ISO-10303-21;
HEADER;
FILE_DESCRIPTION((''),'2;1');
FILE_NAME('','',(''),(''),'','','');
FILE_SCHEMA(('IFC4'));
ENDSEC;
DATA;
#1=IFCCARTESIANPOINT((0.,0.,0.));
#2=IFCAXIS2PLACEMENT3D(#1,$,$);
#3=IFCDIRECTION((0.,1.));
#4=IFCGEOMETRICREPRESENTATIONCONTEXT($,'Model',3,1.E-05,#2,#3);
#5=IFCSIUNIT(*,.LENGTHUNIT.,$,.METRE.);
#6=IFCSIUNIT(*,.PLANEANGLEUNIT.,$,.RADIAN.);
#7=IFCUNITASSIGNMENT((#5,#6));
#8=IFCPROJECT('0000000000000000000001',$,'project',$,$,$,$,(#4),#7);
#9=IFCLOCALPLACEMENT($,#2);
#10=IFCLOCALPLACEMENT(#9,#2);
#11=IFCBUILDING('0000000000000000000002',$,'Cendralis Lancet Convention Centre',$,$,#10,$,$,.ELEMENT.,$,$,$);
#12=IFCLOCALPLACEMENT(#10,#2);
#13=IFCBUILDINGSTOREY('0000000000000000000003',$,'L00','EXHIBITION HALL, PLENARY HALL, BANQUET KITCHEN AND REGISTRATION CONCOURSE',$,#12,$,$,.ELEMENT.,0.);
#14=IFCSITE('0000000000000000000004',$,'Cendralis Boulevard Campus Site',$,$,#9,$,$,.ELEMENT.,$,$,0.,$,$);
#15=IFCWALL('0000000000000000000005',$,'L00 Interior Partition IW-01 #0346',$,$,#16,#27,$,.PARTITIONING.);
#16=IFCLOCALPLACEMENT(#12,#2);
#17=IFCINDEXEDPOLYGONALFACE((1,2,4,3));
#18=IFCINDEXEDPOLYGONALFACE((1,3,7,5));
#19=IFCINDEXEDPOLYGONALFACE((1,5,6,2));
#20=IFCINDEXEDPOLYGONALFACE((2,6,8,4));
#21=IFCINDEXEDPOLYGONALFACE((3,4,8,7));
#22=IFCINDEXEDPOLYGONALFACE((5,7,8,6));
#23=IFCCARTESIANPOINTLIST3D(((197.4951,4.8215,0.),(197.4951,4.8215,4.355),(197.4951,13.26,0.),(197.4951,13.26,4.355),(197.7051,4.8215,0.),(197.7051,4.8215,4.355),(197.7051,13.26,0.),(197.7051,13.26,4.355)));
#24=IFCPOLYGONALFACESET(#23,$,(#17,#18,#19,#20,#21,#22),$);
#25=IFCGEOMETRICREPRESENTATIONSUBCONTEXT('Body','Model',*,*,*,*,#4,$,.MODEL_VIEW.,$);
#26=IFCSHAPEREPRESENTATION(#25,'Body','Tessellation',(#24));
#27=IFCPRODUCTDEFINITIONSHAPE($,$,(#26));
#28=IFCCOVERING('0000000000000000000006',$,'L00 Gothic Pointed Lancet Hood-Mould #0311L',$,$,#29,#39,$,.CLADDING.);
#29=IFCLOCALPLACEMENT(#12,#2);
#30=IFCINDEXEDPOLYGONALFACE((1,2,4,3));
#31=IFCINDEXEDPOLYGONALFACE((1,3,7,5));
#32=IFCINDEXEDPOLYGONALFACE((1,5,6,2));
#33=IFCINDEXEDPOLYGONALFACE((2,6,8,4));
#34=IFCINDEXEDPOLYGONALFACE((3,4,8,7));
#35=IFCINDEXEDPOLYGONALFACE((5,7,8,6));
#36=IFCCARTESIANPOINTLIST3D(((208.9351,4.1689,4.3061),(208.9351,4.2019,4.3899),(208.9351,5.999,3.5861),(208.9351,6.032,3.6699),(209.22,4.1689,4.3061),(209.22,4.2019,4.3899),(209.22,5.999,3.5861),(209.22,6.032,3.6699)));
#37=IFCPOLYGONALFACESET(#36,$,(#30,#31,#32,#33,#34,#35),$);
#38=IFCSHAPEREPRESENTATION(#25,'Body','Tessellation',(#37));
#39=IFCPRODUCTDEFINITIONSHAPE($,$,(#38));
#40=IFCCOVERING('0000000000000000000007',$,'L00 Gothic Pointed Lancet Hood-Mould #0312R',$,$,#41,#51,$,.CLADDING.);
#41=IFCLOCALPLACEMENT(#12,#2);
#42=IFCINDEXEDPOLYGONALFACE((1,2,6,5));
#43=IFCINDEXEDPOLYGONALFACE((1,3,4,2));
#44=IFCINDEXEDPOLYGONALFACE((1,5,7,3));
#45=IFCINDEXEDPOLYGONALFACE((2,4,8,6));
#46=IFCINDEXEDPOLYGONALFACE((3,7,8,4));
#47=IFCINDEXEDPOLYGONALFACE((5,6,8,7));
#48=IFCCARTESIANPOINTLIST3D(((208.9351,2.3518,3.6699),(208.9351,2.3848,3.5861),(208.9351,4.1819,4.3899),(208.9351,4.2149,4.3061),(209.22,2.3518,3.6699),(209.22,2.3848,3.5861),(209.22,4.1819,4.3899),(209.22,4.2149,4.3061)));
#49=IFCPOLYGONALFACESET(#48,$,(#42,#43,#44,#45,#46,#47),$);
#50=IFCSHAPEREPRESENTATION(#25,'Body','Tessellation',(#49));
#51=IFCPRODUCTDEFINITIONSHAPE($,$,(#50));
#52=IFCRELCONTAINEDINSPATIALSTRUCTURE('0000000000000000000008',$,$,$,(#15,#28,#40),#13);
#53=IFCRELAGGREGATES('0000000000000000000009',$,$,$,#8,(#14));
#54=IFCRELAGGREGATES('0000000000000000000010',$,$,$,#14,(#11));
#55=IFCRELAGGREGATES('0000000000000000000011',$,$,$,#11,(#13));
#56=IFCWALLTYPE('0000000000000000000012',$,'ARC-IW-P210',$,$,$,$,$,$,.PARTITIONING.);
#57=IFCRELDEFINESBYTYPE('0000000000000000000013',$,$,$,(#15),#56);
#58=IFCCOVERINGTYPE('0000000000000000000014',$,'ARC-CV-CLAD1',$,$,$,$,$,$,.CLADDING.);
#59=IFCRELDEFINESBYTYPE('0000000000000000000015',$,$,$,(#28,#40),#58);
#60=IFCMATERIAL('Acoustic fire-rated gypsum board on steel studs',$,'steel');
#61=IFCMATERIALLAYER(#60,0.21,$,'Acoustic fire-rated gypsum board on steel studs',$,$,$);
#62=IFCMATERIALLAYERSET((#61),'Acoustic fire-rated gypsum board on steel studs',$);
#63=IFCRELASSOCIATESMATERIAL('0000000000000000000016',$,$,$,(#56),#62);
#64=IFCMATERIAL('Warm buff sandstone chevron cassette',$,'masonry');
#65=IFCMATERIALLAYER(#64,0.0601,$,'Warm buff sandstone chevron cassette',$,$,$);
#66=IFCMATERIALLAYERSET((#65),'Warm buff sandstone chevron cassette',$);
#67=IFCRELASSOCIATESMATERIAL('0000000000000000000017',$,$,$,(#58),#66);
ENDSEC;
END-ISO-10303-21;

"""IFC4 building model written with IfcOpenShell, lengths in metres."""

from ifc_helpers import new_model, si_unit, direction, frame, frame_2d, origin, place, context, subcontext, project, spatial, polyline, rectangle, outline, extrude, material, layer, layer_set, type_object, element, save


model = new_model("IFC4")

# Units and contexts
model_context = context("Model", 3, precision=1e-05, world=origin(), true_north=direction((0.0, 1.0)))
body_context = subcontext(model_context, "Body", "Model", "MODEL_VIEW")
ifc_project = project(units=[si_unit("LENGTHUNIT", "METRE"), si_unit("PLANEANGLEUNIT", "RADIAN")], contexts=[model_context])

# Site, building, storey
site_placement = place(None, origin())
site = spatial("IfcSite", under=ifc_project, at=site_placement, Name="Cendralis Boulevard Campus Site", CompositionType="ELEMENT", RefElevation=0.0)
building_placement = place(site_placement, origin())
building = spatial("IfcBuilding", under=site, at=building_placement, Name="Cendralis Lancet Convention Centre", CompositionType="ELEMENT")
storey_placement = place(building_placement, origin())
storey = spatial("IfcBuildingStorey", under=building, at=storey_placement, Name="L00", Description="EXHIBITION HALL, PLENARY HALL, BANQUET KITCHEN AND REGISTRATION CONCOURSE", CompositionType="ELEMENT", Elevation=0.0)

# Wall
ifc_material_1 = material(Name="Acoustic fire-rated gypsum board on steel studs", Category="steel")
ifc_layer_1 = layer(ifc_material_1, 0.21, Name="Acoustic fire-rated gypsum board on steel studs")
ifc_layer_set_1 = layer_set([ifc_layer_1], Name="Acoustic fire-rated gypsum board on steel studs")
wall_type_1 = type_object("IfcWallType", Name="ARC-IW-P210", PredefinedType="PARTITIONING", material=ifc_layer_set_1)
wall_1_placement = place(storey_placement, frame((197.6001, 4.8215, 0.0), z_axis=(0.0, 0.0, 1.0), x_axis=(0.0, 1.0, 0.0)))
element("IfcWall", 1, at=wall_1_placement, inside=storey, type_object=wall_type_1, Name="L00 Interior Partition IW-01 #0346", PredefinedType="PARTITIONING", context=body_context, shape_type="SweptSolid", body=[
    extrude(rectangle(XDim=8.4385, YDim=0.21, at=frame_2d((4.2192, 0.0))), origin(), (0.0, 0.0, 1.0), 4.355),
])

# Coverings
ifc_material_2 = material(Name="Warm buff sandstone chevron cassette", Category="masonry")
ifc_layer_2 = layer(ifc_material_2, 0.0601, Name="Warm buff sandstone chevron cassette")
ifc_layer_set_2 = layer_set([ifc_layer_2], Name="Warm buff sandstone chevron cassette")
covering_type = type_object("IfcCoveringType", Name="ARC-CV-CLAD1", PredefinedType="CLADDING", material=ifc_layer_set_2)
for number, where, z_axis, x_axis, name in (
    (2, (209.22, 6.032, 3.6699), (0.0, 0.366098, 0.930576), (-1.0, 0.0, 0.0), "L00 Gothic Pointed Lancet Hood-Mould #0311L"),
    (3, (209.22, 4.1819, 4.3899), (0.0, -0.366098, 0.930576), (-1.0, 0.0, 0.0), "L00 Gothic Pointed Lancet Hood-Mould #0312R"),
):
    element("IfcCovering", number, at=place(storey_placement, frame(where, z_axis=z_axis, x_axis=x_axis)), inside=storey, type_object=covering_type, Name=name, PredefinedType="CLADDING", context=body_context, shape_type="SweptSolid", body=[
        extrude(outline(polyline([(0.0, 0.0), (0.2849, 0.0), (0.2849, 1.9666), (0.0, 1.9666), (0.0, 0.0)])), origin(), (0.0, 0.0, -1.0), 0.0901),
    ])

save(model, "model.ifc")
